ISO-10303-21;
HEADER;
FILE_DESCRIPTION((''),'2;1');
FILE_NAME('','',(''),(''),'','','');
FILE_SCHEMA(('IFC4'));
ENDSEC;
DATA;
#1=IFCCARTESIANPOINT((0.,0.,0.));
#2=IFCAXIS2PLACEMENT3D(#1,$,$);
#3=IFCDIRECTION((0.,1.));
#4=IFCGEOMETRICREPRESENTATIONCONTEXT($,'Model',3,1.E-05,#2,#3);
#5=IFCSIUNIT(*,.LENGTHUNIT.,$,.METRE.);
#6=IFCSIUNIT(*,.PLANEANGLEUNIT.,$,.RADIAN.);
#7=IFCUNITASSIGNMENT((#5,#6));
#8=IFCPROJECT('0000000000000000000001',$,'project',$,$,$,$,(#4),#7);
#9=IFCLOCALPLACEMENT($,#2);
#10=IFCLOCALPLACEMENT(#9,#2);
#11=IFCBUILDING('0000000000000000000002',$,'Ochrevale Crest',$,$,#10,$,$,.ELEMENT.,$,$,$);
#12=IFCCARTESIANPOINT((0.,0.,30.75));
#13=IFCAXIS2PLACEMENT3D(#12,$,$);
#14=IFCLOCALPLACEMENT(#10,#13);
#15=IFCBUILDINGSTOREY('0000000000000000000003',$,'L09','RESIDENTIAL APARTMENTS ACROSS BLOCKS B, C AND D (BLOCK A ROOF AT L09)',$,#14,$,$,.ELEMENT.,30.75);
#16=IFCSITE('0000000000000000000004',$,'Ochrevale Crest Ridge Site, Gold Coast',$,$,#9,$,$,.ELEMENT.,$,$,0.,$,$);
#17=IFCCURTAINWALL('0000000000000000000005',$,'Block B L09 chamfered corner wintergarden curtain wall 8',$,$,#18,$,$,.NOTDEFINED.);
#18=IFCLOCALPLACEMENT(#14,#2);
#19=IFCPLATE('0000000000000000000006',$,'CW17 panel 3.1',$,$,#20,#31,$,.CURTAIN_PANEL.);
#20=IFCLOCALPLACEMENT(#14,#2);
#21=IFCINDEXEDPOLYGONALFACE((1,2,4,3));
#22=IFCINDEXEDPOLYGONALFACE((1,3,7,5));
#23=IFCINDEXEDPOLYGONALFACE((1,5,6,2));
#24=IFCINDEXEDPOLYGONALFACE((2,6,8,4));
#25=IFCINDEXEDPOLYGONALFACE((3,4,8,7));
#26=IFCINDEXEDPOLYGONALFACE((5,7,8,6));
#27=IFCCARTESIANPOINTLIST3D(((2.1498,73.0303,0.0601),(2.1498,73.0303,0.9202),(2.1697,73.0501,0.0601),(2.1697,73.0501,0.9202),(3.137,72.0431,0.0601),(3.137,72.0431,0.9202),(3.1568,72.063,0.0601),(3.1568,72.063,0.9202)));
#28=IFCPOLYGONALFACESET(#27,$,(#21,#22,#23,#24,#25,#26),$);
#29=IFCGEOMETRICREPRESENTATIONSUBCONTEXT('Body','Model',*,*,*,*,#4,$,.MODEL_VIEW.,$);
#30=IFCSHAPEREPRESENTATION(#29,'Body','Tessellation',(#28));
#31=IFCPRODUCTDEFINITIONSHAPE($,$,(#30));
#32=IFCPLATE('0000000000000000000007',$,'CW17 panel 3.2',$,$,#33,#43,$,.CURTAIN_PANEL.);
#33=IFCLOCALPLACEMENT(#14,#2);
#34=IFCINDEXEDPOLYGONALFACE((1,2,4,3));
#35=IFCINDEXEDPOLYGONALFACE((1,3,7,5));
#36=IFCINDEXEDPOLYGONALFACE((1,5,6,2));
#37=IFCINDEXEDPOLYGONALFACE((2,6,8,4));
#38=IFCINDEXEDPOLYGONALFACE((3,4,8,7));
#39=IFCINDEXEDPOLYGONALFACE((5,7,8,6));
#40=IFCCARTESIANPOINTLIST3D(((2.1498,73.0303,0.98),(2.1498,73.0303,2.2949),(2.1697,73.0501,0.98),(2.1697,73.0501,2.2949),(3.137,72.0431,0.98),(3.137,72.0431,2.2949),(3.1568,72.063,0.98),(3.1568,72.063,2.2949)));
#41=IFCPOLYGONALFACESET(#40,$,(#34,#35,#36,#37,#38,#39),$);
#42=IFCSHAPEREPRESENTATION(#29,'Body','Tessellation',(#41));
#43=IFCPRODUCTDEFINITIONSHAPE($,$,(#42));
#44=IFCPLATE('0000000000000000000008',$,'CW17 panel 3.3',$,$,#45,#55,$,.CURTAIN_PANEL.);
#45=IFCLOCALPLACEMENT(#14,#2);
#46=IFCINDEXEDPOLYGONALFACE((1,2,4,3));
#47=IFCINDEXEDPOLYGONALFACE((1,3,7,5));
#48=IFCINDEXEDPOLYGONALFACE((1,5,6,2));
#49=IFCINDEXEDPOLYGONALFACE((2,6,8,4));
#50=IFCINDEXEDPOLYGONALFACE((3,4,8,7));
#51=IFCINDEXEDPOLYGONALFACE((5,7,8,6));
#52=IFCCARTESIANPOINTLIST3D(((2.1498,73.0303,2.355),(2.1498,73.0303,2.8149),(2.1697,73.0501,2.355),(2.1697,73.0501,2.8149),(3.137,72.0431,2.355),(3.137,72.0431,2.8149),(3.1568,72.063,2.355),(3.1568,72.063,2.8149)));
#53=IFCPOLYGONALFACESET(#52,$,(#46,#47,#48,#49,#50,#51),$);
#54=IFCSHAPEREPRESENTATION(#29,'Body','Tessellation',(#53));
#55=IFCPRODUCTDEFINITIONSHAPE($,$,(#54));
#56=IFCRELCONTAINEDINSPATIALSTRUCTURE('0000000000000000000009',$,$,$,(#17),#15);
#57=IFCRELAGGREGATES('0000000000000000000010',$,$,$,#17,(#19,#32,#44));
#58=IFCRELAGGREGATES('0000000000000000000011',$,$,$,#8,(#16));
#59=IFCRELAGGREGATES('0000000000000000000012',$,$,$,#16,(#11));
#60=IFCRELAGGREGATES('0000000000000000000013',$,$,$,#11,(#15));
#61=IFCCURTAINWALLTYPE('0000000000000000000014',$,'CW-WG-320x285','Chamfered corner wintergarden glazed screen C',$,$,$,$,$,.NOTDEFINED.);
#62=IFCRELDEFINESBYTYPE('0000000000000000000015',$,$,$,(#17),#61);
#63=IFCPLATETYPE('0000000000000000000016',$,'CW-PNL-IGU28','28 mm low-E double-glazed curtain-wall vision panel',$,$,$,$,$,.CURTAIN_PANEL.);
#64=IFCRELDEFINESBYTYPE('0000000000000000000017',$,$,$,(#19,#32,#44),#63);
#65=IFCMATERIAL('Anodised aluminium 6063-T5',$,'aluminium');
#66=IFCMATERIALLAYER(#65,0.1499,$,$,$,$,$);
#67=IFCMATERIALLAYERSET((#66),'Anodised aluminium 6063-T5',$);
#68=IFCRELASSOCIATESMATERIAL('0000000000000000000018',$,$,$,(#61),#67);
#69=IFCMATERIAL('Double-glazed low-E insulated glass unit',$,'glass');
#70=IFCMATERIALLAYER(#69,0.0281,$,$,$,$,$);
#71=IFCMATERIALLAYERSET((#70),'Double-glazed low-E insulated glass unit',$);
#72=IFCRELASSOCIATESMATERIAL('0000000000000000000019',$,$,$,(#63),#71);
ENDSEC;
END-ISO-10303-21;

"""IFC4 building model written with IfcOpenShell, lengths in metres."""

from ifc_helpers import new_model, si_unit, direction, frame, origin, origin_2d, place, context, subcontext, project, spatial, rectangle, extrude, material, layer, layer_set, type_object, element, aggregate, save


model = new_model("IFC4")

# Units and contexts
model_context = context("Model", 3, precision=1e-05, world=origin(), true_north=direction((0.0, 1.0)))
body_context = subcontext(model_context, "Body", "Model", "MODEL_VIEW")
ifc_project = project(units=[si_unit("LENGTHUNIT", "METRE"), si_unit("PLANEANGLEUNIT", "RADIAN")], contexts=[model_context])

# Site, building, storey
site_placement = place(None, origin())
site = spatial("IfcSite", under=ifc_project, at=site_placement, Name="Ochrevale Crest Ridge Site, Gold Coast", CompositionType="ELEMENT", RefElevation=0.0)
building_placement = place(site_placement, origin())
building = spatial("IfcBuilding", under=site, at=building_placement, Name="Ochrevale Crest", CompositionType="ELEMENT")
storey_placement = place(building_placement, frame((0.0, 0.0, 30.75)))
storey = spatial("IfcBuildingStorey", under=building, at=storey_placement, Name="L09", Description="RESIDENTIAL APARTMENTS ACROSS BLOCKS B, C AND D (BLOCK A ROOF AT L09)", CompositionType="ELEMENT", Elevation=30.75)

# Curtain wall, plates
ifc_material_1 = material(Name="Anodised aluminium 6063-T5", Category="aluminium")
ifc_layer_1 = layer(ifc_material_1, 0.1499)
ifc_layer_set_1 = layer_set([ifc_layer_1], Name="Anodised aluminium 6063-T5")
curtain_wall_type = type_object("IfcCurtainWallType", Name="CW-WG-320x285", Description="Chamfered corner wintergarden glazed screen C", PredefinedType="NOTDEFINED", material=ifc_layer_set_1)
curtain_wall_placement = place(storey_placement, origin())
curtain_wall = element("IfcCurtainWall", 1, at=curtain_wall_placement, inside=storey, type_object=curtain_wall_type, Name="Block B L09 chamfered corner wintergarden curtain wall 8", PredefinedType="NOTDEFINED")
ifc_material_2 = material(Name="Double-glazed low-E insulated glass unit", Category="glass")
ifc_layer_2 = layer(ifc_material_2, 0.0281)
ifc_layer_set_2 = layer_set([ifc_layer_2], Name="Double-glazed low-E insulated glass unit")
plate_type = type_object("IfcPlateType", Name="CW-PNL-IGU28", Description="28 mm low-E double-glazed curtain-wall vision panel", PredefinedType="CURTAIN_PANEL", material=ifc_layer_set_2)
plate_1_placement = place(storey_placement, frame((2.6533, 72.5466, 0.0601), z_axis=(0.0, 0.0, 1.0), x_axis=(0.707107, -0.707107, 0.0)))
plate_1 = element("IfcPlate", 2, at=plate_1_placement, type_object=plate_type, Name="CW17 panel 3.1", PredefinedType="CURTAIN_PANEL", context=body_context, shape_type="SweptSolid", body=[
    extrude(rectangle(XDim=1.396, YDim=0.0281, at=origin_2d()), origin(), (0.0, 0.0, 1.0), 0.8601),
])
plate_2_placement = place(storey_placement, frame((2.6533, 72.5466, 0.98), z_axis=(0.0, 0.0, 1.0), x_axis=(0.707107, -0.707107, 0.0)))
plate_2 = element("IfcPlate", 3, at=plate_2_placement, type_object=plate_type, Name="CW17 panel 3.2", PredefinedType="CURTAIN_PANEL", context=body_context, shape_type="SweptSolid", body=[
    extrude(rectangle(XDim=1.396, YDim=0.0281, at=origin_2d()), origin(), (0.0, 0.0, 1.0), 1.3149),
])
plate_3_placement = place(storey_placement, frame((2.6533, 72.5466, 2.355), z_axis=(0.0, 0.0, 1.0), x_axis=(0.707107, -0.707107, 0.0)))
plate_3 = element("IfcPlate", 4, at=plate_3_placement, type_object=plate_type, Name="CW17 panel 3.3", PredefinedType="CURTAIN_PANEL", context=body_context, shape_type="SweptSolid", body=[
    extrude(rectangle(XDim=1.396, YDim=0.0281, at=origin_2d()), origin(), (0.0, 0.0, 1.0), 0.46),
])
aggregate(curtain_wall, [plate_1, plate_2, plate_3])

save(model, "model.ifc")
